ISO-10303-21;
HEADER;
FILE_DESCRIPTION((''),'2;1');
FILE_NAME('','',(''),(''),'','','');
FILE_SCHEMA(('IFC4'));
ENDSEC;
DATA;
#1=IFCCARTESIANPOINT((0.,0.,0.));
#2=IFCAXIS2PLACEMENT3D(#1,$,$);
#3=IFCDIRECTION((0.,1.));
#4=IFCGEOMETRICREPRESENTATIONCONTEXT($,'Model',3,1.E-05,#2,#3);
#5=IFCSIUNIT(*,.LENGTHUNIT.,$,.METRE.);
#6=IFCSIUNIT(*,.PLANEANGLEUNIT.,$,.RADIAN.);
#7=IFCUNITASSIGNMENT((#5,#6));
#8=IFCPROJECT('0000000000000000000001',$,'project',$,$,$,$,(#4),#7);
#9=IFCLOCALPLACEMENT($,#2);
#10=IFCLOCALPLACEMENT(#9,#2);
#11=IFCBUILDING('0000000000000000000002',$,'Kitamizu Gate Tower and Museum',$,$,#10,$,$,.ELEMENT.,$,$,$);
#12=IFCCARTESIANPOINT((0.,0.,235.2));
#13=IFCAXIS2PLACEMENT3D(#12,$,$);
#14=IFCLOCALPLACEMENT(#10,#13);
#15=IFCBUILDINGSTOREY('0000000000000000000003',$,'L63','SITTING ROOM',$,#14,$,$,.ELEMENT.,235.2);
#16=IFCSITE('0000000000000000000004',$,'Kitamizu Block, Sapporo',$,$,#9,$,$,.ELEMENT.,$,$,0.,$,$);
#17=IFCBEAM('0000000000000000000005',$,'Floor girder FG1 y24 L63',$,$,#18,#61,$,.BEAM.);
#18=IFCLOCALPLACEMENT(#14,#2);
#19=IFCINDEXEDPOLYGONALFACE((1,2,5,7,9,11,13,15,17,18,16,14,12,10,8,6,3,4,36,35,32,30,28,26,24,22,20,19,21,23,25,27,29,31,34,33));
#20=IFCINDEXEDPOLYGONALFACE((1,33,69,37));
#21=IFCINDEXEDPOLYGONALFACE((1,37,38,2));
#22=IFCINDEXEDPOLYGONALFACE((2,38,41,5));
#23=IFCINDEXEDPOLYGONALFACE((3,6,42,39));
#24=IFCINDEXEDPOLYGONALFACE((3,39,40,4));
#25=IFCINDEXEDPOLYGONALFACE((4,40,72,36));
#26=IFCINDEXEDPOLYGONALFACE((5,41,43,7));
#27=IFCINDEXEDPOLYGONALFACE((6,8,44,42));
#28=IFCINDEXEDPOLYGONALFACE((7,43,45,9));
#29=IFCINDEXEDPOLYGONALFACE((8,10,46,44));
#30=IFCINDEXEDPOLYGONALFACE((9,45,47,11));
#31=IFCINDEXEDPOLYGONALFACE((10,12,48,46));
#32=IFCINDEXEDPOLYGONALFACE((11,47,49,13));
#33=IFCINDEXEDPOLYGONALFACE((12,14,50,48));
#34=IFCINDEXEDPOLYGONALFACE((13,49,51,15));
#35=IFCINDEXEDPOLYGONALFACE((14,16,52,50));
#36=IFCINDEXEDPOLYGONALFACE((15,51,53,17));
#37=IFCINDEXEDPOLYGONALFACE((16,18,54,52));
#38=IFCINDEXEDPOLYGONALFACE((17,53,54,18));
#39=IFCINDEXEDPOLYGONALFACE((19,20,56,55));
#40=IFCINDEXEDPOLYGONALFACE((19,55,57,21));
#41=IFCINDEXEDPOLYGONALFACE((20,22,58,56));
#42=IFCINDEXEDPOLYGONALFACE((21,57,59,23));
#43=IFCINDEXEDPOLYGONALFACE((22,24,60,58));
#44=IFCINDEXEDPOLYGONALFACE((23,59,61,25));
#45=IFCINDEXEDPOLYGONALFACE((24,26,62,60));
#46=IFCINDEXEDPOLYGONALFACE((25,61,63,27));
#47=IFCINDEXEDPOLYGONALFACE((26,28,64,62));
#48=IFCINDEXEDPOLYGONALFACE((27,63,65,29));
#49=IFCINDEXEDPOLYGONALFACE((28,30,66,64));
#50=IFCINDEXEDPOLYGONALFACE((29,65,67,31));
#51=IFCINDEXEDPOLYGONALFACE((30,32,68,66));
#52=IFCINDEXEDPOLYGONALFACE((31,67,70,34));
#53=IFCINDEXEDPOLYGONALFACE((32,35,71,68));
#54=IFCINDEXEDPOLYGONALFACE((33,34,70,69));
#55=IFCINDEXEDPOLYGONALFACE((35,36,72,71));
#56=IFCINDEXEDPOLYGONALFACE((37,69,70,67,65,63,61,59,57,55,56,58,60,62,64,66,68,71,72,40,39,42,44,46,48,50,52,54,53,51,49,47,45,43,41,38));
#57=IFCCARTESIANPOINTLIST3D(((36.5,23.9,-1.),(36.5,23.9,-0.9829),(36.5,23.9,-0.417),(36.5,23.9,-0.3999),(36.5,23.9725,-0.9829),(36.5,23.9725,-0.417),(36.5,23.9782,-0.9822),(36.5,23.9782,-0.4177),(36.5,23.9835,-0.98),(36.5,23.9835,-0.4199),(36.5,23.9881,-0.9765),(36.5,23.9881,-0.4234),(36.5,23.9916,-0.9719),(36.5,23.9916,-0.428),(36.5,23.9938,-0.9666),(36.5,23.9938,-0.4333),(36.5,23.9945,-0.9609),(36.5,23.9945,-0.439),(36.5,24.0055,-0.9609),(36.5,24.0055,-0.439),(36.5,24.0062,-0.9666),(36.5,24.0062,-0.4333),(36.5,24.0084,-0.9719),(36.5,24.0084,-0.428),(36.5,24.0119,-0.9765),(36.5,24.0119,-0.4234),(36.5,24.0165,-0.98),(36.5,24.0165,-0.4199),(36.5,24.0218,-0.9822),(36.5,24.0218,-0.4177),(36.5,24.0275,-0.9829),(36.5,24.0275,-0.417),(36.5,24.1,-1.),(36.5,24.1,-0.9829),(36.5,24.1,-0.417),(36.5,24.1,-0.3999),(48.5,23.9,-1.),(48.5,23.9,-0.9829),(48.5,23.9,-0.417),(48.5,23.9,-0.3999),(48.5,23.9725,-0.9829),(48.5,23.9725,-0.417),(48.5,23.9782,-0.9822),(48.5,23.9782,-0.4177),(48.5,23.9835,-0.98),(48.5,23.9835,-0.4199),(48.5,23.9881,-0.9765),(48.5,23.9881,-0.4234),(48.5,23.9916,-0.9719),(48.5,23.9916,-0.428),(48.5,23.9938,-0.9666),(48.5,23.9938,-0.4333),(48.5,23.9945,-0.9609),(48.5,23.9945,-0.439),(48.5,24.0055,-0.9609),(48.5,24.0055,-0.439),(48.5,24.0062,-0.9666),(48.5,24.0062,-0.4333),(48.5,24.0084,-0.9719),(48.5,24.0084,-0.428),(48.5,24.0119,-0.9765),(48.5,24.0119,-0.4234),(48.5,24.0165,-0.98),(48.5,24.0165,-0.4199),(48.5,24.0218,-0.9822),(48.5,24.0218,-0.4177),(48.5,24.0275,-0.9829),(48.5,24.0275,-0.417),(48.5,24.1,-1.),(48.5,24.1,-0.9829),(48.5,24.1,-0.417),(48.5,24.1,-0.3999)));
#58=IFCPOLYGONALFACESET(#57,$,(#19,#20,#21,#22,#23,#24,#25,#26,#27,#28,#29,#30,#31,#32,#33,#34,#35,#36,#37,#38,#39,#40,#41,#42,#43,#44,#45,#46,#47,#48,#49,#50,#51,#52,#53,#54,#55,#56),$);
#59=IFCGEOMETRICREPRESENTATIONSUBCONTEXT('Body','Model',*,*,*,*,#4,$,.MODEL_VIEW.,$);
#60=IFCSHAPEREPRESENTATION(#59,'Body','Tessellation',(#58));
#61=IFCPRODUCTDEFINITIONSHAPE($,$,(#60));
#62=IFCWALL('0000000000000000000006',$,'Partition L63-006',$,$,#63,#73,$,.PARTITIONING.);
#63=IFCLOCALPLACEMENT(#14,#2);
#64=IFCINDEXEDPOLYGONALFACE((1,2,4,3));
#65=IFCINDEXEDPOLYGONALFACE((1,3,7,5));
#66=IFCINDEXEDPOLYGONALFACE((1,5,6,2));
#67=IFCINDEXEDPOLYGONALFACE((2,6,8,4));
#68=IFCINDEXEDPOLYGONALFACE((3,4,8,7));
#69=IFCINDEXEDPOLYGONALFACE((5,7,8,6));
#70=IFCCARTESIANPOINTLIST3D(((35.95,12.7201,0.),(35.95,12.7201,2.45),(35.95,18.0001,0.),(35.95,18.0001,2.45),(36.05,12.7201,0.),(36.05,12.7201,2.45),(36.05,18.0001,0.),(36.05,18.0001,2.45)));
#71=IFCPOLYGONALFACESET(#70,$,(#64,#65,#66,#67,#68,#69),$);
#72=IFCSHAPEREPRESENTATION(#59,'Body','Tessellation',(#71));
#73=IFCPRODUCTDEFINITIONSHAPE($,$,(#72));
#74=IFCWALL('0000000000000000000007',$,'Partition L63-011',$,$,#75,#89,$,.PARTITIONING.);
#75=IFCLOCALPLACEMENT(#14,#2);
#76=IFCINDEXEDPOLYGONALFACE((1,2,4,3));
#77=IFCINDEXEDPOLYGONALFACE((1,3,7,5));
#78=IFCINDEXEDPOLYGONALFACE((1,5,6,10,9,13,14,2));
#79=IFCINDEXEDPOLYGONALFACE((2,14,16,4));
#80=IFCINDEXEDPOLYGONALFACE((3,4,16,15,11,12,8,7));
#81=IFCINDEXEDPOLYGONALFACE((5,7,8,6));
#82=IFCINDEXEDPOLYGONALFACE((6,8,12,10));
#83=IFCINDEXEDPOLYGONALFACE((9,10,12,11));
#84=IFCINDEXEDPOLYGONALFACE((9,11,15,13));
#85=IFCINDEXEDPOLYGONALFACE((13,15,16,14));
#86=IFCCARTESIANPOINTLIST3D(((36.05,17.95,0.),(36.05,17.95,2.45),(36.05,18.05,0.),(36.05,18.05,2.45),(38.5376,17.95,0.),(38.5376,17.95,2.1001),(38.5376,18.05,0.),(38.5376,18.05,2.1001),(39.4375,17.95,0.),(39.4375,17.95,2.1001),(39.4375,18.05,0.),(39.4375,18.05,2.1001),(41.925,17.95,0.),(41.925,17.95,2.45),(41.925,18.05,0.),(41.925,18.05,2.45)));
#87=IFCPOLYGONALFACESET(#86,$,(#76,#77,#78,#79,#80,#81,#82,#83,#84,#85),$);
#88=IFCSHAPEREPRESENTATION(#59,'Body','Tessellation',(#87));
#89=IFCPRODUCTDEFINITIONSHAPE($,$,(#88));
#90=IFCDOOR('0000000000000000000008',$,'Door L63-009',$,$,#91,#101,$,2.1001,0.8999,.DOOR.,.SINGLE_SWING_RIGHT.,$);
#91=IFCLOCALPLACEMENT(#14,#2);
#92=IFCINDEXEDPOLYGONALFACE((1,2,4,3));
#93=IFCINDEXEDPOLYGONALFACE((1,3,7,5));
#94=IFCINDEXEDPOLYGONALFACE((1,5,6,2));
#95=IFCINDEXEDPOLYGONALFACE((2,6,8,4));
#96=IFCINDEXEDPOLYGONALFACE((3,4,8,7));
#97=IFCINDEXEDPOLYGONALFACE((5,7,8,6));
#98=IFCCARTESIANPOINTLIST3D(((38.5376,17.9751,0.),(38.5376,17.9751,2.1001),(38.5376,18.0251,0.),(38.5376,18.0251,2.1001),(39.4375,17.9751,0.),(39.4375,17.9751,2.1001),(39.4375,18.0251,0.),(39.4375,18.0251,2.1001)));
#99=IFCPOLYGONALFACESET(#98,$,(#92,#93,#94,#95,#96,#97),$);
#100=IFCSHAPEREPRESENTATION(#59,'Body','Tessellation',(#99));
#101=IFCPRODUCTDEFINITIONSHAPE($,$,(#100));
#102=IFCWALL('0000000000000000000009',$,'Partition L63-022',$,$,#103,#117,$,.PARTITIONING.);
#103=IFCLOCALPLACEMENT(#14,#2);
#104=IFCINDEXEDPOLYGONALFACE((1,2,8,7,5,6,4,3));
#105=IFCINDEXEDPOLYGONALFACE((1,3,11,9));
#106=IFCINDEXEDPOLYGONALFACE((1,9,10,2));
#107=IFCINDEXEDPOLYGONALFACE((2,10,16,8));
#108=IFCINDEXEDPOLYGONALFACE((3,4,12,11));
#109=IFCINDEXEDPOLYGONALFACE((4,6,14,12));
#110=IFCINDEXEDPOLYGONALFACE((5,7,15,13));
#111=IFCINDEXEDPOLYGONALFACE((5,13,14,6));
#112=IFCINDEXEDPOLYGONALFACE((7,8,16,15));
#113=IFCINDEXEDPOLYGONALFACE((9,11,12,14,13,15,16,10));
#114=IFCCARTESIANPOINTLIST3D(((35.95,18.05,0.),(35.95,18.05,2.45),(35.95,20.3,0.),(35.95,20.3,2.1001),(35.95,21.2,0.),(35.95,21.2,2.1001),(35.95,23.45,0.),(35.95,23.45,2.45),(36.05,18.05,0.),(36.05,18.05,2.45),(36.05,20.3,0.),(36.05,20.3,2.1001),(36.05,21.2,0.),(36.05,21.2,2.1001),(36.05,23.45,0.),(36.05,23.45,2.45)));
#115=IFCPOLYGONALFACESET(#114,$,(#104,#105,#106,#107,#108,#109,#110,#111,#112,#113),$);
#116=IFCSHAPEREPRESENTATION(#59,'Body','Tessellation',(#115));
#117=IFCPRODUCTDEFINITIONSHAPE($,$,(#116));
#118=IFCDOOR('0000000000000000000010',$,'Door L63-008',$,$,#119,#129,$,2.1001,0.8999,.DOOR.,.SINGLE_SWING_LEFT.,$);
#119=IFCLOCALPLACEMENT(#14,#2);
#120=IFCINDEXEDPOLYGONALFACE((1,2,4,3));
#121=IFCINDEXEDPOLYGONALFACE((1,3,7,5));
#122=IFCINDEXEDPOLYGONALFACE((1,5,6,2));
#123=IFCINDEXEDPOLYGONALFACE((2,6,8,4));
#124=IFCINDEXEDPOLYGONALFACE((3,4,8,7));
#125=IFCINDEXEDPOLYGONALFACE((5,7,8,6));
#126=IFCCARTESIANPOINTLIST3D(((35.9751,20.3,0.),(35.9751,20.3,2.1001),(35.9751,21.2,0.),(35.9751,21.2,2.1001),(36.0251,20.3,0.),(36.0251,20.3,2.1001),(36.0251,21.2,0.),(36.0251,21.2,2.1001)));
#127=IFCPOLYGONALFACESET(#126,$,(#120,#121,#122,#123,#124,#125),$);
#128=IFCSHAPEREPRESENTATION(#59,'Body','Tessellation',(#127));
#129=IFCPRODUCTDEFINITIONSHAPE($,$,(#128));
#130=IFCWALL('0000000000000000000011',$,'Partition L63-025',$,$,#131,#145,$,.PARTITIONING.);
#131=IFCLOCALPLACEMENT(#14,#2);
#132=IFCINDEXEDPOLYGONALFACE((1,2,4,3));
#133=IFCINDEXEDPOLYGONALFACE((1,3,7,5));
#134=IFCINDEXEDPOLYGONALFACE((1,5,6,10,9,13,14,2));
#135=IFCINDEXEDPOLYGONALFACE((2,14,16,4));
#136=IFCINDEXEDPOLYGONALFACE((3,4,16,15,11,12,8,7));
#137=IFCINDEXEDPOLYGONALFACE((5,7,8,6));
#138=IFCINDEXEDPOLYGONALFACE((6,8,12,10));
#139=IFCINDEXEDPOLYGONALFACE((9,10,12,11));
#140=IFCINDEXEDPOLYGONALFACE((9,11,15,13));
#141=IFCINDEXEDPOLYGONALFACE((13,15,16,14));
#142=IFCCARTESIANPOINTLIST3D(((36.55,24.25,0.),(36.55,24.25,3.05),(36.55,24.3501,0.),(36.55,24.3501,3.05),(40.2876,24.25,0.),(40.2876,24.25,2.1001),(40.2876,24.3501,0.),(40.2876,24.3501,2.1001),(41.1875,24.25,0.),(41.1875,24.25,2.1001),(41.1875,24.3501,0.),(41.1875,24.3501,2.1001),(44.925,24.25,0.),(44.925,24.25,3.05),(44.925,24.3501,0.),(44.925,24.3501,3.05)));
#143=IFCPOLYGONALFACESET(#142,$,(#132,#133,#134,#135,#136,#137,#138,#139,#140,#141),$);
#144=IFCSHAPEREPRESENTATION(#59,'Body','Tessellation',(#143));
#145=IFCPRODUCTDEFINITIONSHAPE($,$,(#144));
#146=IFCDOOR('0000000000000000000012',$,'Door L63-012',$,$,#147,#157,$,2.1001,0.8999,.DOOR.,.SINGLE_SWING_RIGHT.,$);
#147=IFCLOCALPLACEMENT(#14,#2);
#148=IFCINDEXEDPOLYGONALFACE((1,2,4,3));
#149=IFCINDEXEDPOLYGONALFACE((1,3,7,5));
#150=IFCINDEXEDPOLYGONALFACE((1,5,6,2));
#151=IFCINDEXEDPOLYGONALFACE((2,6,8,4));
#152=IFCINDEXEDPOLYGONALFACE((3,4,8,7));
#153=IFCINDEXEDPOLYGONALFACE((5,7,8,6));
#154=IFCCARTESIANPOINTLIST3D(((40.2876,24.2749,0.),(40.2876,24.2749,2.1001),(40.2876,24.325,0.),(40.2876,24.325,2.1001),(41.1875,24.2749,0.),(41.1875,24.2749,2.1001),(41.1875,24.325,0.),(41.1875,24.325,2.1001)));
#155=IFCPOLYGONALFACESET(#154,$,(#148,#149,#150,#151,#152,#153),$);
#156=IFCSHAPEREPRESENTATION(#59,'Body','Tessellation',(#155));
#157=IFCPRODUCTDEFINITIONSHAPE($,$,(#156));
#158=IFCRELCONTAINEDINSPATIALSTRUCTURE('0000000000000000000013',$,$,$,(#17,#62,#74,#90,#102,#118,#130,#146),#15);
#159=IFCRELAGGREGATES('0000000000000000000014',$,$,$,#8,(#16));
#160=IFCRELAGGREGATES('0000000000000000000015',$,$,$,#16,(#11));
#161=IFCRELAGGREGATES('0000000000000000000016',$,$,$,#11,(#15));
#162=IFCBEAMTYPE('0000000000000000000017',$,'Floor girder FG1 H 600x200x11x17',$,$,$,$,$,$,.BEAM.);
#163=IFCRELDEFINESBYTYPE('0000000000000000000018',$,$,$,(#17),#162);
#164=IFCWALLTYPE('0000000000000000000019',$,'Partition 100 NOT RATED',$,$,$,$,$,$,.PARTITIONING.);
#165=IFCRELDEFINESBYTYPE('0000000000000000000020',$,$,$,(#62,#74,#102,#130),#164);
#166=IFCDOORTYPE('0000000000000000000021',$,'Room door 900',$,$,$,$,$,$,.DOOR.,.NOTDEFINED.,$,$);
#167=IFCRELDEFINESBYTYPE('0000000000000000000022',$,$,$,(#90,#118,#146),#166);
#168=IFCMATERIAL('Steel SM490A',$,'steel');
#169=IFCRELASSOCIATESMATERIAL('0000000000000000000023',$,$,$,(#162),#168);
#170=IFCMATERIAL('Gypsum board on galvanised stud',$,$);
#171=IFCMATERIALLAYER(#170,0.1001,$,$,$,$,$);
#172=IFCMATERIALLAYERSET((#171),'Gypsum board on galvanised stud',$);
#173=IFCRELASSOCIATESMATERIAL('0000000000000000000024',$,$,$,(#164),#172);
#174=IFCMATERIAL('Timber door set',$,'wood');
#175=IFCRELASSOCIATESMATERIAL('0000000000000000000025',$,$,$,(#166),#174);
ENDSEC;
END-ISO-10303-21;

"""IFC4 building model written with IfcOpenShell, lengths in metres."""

from ifc_helpers import new_model, si_unit, direction, frame, frame_2d, origin, origin_2d, place, context, subcontext, project, spatial, rectangle, i_section, extrude, material, layer, layer_set, material_profile, profile_set, type_object, element, fill, save


model = new_model("IFC4")

# Units and contexts
model_context = context("Model", 3, precision=1e-05, world=origin(), true_north=direction((0.0, 1.0)))
body_context = subcontext(model_context, "Body", "Model", "MODEL_VIEW")
ifc_project = project(units=[si_unit("LENGTHUNIT", "METRE"), si_unit("PLANEANGLEUNIT", "RADIAN")], contexts=[model_context])

# Site, building, storey
site_placement = place(None, origin())
site = spatial("IfcSite", under=ifc_project, at=site_placement, Name="Kitamizu Block, Sapporo", CompositionType="ELEMENT", RefElevation=0.0)
building_placement = place(site_placement, origin())
building = spatial("IfcBuilding", under=site, at=building_placement, Name="Kitamizu Gate Tower and Museum", CompositionType="ELEMENT")
storey_placement = place(building_placement, frame((0.0, 0.0, 235.2)))
storey = spatial("IfcBuildingStorey", under=building, at=storey_placement, Name="L63", Description="SITTING ROOM", CompositionType="ELEMENT", Elevation=235.2)

# Beam
ifc_material_1 = material(Name="Steel SM490A", Category="steel")
ifc_material_profile_1 = material_profile(ifc_material_1, i_section(OverallWidth=0.2, OverallDepth=0.6001, WebThickness=0.011, FlangeThickness=0.0171, FilletRadius=0.022, at=origin_2d()), Name="H-600x200x11x17")
ifc_profile_set_1 = profile_set([ifc_material_profile_1], Name="Steel SM490A")
beam_type_1 = type_object("IfcBeamType", Name="Floor girder FG1 H 600x200x11x17", PredefinedType="BEAM", material=ifc_profile_set_1)
beam_1_placement = place(storey_placement, frame((36.5, 24.0, -0.7), z_axis=(1.0, 0.0, 0.0), x_axis=(0.0, 1.0, 0.0)))
element("IfcBeam", 1, at=beam_1_placement, inside=storey, type_object=beam_type_1, Name="Floor girder FG1 y24 L63", PredefinedType="BEAM", context=body_context, shape_type="SweptSolid", body=[
    extrude(i_section(OverallWidth=0.2, OverallDepth=0.6001, WebThickness=0.011, FlangeThickness=0.0171, FilletRadius=0.022, at=origin_2d()), origin(), (0.0, 0.0, 1.0), 12.0),
])

# Wall
ifc_material_2 = material(Name="Gypsum board on galvanised stud")
ifc_layer_1 = layer(ifc_material_2, 0.1001)
ifc_layer_set_1 = layer_set([ifc_layer_1], Name="Gypsum board on galvanised stud")
wall_type_1 = type_object("IfcWallType", Name="Partition 100 NOT RATED", PredefinedType="PARTITIONING", material=ifc_layer_set_1)
wall_1_placement = place(storey_placement, frame((36.0, 12.72, 0.0), z_axis=(0.0, 0.0, 1.0), x_axis=(0.0, 1.0, 0.0)))
element("IfcWall", 2, at=wall_1_placement, inside=storey, type_object=wall_type_1, Name="Partition L63-006", PredefinedType="PARTITIONING", context=body_context, shape_type="SweptSolid", body=[
    extrude(rectangle(XDim=5.28, YDim=0.1001, at=frame_2d((2.6401, 0.0))), origin(), (0.0, 0.0, 1.0), 2.45),
])

# Walls, openings, doors
wall_2_placement = place(storey_placement, frame((41.925, 18.0, 0.0), z_axis=(0.0, 0.0, 1.0), x_axis=(-1.0, 0.0, 0.0)))
wall_2 = element("IfcWall", 3, at=wall_2_placement, inside=storey, type_object=wall_type_1, Name="Partition L63-011", PredefinedType="PARTITIONING", context=body_context, shape_type="SweptSolid", body=[
    extrude(rectangle(XDim=5.875, YDim=0.1001, at=frame_2d((2.9375, 0.0))), origin(), (0.0, 0.0, 1.0), 2.45),
])
opening_1_placement = place(wall_2_placement, frame((2.4875, 0.0, 0.0)))
opening_1 = element("IfcOpeningElement", 4, at=opening_1_placement, cuts=wall_2, PredefinedType="OPENING", context=body_context, shape_type="SweptSolid", body=[
    extrude(rectangle(XDim=0.8999, YDim=2.1001, at=frame_2d((0.45, 1.05))), frame((0.0, 0.0601, 0.0), z_axis=(0.0, -1.0, 0.0), x_axis=(1.0, 0.0, 0.0)), (0.0, 0.0, 1.0), 0.1201),
])
ifc_material_3 = material(Name="Timber door set", Category="wood")
door_type_1 = type_object("IfcDoorType", Name="Room door 900", OperationType="NOTDEFINED", PredefinedType="DOOR", material=ifc_material_3)
door_1_placement = place(opening_1_placement, origin())
door_1 = element("IfcDoor", 5, at=door_1_placement, inside=storey, type_object=door_type_1, Name="Door L63-009", OperationType="SINGLE_SWING_RIGHT", OverallHeight=2.1001, OverallWidth=0.8999, PredefinedType="DOOR", context=body_context, shape_type="SweptSolid", body=[
    extrude(rectangle(XDim=0.8999, YDim=2.1001, at=frame_2d((0.45, 1.05))), frame((0.0, 0.0249, 0.0), z_axis=(0.0, -1.0, 0.0), x_axis=(1.0, 0.0, 0.0)), (0.0, 0.0, 1.0), 0.05),
])
fill(opening_1, door_1)
wall_3_placement = place(storey_placement, frame((36.0, 18.05, 0.0), z_axis=(0.0, 0.0, 1.0), x_axis=(0.0, 1.0, 0.0)))
wall_3 = element("IfcWall", 6, at=wall_3_placement, inside=storey, type_object=wall_type_1, Name="Partition L63-022", PredefinedType="PARTITIONING", context=body_context, shape_type="SweptSolid", body=[
    extrude(rectangle(XDim=5.3999, YDim=0.1001, at=frame_2d((2.7, 0.0))), origin(), (0.0, 0.0, 1.0), 2.45),
])
opening_2_placement = place(wall_3_placement, frame((2.25, 0.0, 0.0)))
opening_2 = element("IfcOpeningElement", 7, at=opening_2_placement, cuts=wall_3, PredefinedType="OPENING", context=body_context, shape_type="SweptSolid", body=[
    extrude(rectangle(XDim=0.8999, YDim=2.1001, at=frame_2d((0.45, 1.05))), frame((0.0, 0.0601, 0.0), z_axis=(0.0, -1.0, 0.0), x_axis=(1.0, 0.0, 0.0)), (0.0, 0.0, 1.0), 0.1201),
])
door_2_placement = place(opening_2_placement, origin())
door_2 = element("IfcDoor", 8, at=door_2_placement, inside=storey, type_object=door_type_1, Name="Door L63-008", OperationType="SINGLE_SWING_LEFT", OverallHeight=2.1001, OverallWidth=0.8999, PredefinedType="DOOR", context=body_context, shape_type="SweptSolid", body=[
    extrude(rectangle(XDim=0.8999, YDim=2.1001, at=frame_2d((0.45, 1.05))), frame((0.0, 0.0249, 0.0), z_axis=(0.0, -1.0, 0.0), x_axis=(1.0, 0.0, 0.0)), (0.0, 0.0, 1.0), 0.05),
])
fill(opening_2, door_2)
wall_4_placement = place(storey_placement, frame((44.925, 24.3, 0.0), z_axis=(0.0, 0.0, 1.0), x_axis=(-1.0, 0.0, 0.0)))
wall_4 = element("IfcWall", 9, at=wall_4_placement, inside=storey, type_object=wall_type_1, Name="Partition L63-025", PredefinedType="PARTITIONING", context=body_context, shape_type="SweptSolid", body=[
    extrude(rectangle(XDim=8.375, YDim=0.1001, at=frame_2d((4.1875, 0.0))), origin(), (0.0, 0.0, 1.0), 3.05),
])
opening_3_placement = place(wall_4_placement, frame((3.7375, 0.0, 0.0)))
opening_3 = element("IfcOpeningElement", 10, at=opening_3_placement, cuts=wall_4, PredefinedType="OPENING", context=body_context, shape_type="SweptSolid", body=[
    extrude(rectangle(XDim=0.8999, YDim=2.1001, at=frame_2d((0.45, 1.05))), frame((0.0, 0.0601, 0.0), z_axis=(0.0, -1.0, 0.0), x_axis=(1.0, 0.0, 0.0)), (0.0, 0.0, 1.0), 0.1201),
])
door_3_placement = place(opening_3_placement, frame((0.8999, 0.0, 0.0), x_axis=(-1.0, 0.0, 0.0)))
door_3 = element("IfcDoor", 11, at=door_3_placement, inside=storey, type_object=door_type_1, Name="Door L63-012", OperationType="SINGLE_SWING_RIGHT", OverallHeight=2.1001, OverallWidth=0.8999, PredefinedType="DOOR", context=body_context, shape_type="SweptSolid", body=[
    extrude(rectangle(XDim=0.8999, YDim=2.1001, at=frame_2d((0.45, 1.05))), frame((0.0, 0.0249, 0.0), z_axis=(0.0, -1.0, 0.0), x_axis=(1.0, 0.0, 0.0)), (0.0, 0.0, 1.0), 0.05),
])
fill(opening_3, door_3)

save(model, "model.ifc")
